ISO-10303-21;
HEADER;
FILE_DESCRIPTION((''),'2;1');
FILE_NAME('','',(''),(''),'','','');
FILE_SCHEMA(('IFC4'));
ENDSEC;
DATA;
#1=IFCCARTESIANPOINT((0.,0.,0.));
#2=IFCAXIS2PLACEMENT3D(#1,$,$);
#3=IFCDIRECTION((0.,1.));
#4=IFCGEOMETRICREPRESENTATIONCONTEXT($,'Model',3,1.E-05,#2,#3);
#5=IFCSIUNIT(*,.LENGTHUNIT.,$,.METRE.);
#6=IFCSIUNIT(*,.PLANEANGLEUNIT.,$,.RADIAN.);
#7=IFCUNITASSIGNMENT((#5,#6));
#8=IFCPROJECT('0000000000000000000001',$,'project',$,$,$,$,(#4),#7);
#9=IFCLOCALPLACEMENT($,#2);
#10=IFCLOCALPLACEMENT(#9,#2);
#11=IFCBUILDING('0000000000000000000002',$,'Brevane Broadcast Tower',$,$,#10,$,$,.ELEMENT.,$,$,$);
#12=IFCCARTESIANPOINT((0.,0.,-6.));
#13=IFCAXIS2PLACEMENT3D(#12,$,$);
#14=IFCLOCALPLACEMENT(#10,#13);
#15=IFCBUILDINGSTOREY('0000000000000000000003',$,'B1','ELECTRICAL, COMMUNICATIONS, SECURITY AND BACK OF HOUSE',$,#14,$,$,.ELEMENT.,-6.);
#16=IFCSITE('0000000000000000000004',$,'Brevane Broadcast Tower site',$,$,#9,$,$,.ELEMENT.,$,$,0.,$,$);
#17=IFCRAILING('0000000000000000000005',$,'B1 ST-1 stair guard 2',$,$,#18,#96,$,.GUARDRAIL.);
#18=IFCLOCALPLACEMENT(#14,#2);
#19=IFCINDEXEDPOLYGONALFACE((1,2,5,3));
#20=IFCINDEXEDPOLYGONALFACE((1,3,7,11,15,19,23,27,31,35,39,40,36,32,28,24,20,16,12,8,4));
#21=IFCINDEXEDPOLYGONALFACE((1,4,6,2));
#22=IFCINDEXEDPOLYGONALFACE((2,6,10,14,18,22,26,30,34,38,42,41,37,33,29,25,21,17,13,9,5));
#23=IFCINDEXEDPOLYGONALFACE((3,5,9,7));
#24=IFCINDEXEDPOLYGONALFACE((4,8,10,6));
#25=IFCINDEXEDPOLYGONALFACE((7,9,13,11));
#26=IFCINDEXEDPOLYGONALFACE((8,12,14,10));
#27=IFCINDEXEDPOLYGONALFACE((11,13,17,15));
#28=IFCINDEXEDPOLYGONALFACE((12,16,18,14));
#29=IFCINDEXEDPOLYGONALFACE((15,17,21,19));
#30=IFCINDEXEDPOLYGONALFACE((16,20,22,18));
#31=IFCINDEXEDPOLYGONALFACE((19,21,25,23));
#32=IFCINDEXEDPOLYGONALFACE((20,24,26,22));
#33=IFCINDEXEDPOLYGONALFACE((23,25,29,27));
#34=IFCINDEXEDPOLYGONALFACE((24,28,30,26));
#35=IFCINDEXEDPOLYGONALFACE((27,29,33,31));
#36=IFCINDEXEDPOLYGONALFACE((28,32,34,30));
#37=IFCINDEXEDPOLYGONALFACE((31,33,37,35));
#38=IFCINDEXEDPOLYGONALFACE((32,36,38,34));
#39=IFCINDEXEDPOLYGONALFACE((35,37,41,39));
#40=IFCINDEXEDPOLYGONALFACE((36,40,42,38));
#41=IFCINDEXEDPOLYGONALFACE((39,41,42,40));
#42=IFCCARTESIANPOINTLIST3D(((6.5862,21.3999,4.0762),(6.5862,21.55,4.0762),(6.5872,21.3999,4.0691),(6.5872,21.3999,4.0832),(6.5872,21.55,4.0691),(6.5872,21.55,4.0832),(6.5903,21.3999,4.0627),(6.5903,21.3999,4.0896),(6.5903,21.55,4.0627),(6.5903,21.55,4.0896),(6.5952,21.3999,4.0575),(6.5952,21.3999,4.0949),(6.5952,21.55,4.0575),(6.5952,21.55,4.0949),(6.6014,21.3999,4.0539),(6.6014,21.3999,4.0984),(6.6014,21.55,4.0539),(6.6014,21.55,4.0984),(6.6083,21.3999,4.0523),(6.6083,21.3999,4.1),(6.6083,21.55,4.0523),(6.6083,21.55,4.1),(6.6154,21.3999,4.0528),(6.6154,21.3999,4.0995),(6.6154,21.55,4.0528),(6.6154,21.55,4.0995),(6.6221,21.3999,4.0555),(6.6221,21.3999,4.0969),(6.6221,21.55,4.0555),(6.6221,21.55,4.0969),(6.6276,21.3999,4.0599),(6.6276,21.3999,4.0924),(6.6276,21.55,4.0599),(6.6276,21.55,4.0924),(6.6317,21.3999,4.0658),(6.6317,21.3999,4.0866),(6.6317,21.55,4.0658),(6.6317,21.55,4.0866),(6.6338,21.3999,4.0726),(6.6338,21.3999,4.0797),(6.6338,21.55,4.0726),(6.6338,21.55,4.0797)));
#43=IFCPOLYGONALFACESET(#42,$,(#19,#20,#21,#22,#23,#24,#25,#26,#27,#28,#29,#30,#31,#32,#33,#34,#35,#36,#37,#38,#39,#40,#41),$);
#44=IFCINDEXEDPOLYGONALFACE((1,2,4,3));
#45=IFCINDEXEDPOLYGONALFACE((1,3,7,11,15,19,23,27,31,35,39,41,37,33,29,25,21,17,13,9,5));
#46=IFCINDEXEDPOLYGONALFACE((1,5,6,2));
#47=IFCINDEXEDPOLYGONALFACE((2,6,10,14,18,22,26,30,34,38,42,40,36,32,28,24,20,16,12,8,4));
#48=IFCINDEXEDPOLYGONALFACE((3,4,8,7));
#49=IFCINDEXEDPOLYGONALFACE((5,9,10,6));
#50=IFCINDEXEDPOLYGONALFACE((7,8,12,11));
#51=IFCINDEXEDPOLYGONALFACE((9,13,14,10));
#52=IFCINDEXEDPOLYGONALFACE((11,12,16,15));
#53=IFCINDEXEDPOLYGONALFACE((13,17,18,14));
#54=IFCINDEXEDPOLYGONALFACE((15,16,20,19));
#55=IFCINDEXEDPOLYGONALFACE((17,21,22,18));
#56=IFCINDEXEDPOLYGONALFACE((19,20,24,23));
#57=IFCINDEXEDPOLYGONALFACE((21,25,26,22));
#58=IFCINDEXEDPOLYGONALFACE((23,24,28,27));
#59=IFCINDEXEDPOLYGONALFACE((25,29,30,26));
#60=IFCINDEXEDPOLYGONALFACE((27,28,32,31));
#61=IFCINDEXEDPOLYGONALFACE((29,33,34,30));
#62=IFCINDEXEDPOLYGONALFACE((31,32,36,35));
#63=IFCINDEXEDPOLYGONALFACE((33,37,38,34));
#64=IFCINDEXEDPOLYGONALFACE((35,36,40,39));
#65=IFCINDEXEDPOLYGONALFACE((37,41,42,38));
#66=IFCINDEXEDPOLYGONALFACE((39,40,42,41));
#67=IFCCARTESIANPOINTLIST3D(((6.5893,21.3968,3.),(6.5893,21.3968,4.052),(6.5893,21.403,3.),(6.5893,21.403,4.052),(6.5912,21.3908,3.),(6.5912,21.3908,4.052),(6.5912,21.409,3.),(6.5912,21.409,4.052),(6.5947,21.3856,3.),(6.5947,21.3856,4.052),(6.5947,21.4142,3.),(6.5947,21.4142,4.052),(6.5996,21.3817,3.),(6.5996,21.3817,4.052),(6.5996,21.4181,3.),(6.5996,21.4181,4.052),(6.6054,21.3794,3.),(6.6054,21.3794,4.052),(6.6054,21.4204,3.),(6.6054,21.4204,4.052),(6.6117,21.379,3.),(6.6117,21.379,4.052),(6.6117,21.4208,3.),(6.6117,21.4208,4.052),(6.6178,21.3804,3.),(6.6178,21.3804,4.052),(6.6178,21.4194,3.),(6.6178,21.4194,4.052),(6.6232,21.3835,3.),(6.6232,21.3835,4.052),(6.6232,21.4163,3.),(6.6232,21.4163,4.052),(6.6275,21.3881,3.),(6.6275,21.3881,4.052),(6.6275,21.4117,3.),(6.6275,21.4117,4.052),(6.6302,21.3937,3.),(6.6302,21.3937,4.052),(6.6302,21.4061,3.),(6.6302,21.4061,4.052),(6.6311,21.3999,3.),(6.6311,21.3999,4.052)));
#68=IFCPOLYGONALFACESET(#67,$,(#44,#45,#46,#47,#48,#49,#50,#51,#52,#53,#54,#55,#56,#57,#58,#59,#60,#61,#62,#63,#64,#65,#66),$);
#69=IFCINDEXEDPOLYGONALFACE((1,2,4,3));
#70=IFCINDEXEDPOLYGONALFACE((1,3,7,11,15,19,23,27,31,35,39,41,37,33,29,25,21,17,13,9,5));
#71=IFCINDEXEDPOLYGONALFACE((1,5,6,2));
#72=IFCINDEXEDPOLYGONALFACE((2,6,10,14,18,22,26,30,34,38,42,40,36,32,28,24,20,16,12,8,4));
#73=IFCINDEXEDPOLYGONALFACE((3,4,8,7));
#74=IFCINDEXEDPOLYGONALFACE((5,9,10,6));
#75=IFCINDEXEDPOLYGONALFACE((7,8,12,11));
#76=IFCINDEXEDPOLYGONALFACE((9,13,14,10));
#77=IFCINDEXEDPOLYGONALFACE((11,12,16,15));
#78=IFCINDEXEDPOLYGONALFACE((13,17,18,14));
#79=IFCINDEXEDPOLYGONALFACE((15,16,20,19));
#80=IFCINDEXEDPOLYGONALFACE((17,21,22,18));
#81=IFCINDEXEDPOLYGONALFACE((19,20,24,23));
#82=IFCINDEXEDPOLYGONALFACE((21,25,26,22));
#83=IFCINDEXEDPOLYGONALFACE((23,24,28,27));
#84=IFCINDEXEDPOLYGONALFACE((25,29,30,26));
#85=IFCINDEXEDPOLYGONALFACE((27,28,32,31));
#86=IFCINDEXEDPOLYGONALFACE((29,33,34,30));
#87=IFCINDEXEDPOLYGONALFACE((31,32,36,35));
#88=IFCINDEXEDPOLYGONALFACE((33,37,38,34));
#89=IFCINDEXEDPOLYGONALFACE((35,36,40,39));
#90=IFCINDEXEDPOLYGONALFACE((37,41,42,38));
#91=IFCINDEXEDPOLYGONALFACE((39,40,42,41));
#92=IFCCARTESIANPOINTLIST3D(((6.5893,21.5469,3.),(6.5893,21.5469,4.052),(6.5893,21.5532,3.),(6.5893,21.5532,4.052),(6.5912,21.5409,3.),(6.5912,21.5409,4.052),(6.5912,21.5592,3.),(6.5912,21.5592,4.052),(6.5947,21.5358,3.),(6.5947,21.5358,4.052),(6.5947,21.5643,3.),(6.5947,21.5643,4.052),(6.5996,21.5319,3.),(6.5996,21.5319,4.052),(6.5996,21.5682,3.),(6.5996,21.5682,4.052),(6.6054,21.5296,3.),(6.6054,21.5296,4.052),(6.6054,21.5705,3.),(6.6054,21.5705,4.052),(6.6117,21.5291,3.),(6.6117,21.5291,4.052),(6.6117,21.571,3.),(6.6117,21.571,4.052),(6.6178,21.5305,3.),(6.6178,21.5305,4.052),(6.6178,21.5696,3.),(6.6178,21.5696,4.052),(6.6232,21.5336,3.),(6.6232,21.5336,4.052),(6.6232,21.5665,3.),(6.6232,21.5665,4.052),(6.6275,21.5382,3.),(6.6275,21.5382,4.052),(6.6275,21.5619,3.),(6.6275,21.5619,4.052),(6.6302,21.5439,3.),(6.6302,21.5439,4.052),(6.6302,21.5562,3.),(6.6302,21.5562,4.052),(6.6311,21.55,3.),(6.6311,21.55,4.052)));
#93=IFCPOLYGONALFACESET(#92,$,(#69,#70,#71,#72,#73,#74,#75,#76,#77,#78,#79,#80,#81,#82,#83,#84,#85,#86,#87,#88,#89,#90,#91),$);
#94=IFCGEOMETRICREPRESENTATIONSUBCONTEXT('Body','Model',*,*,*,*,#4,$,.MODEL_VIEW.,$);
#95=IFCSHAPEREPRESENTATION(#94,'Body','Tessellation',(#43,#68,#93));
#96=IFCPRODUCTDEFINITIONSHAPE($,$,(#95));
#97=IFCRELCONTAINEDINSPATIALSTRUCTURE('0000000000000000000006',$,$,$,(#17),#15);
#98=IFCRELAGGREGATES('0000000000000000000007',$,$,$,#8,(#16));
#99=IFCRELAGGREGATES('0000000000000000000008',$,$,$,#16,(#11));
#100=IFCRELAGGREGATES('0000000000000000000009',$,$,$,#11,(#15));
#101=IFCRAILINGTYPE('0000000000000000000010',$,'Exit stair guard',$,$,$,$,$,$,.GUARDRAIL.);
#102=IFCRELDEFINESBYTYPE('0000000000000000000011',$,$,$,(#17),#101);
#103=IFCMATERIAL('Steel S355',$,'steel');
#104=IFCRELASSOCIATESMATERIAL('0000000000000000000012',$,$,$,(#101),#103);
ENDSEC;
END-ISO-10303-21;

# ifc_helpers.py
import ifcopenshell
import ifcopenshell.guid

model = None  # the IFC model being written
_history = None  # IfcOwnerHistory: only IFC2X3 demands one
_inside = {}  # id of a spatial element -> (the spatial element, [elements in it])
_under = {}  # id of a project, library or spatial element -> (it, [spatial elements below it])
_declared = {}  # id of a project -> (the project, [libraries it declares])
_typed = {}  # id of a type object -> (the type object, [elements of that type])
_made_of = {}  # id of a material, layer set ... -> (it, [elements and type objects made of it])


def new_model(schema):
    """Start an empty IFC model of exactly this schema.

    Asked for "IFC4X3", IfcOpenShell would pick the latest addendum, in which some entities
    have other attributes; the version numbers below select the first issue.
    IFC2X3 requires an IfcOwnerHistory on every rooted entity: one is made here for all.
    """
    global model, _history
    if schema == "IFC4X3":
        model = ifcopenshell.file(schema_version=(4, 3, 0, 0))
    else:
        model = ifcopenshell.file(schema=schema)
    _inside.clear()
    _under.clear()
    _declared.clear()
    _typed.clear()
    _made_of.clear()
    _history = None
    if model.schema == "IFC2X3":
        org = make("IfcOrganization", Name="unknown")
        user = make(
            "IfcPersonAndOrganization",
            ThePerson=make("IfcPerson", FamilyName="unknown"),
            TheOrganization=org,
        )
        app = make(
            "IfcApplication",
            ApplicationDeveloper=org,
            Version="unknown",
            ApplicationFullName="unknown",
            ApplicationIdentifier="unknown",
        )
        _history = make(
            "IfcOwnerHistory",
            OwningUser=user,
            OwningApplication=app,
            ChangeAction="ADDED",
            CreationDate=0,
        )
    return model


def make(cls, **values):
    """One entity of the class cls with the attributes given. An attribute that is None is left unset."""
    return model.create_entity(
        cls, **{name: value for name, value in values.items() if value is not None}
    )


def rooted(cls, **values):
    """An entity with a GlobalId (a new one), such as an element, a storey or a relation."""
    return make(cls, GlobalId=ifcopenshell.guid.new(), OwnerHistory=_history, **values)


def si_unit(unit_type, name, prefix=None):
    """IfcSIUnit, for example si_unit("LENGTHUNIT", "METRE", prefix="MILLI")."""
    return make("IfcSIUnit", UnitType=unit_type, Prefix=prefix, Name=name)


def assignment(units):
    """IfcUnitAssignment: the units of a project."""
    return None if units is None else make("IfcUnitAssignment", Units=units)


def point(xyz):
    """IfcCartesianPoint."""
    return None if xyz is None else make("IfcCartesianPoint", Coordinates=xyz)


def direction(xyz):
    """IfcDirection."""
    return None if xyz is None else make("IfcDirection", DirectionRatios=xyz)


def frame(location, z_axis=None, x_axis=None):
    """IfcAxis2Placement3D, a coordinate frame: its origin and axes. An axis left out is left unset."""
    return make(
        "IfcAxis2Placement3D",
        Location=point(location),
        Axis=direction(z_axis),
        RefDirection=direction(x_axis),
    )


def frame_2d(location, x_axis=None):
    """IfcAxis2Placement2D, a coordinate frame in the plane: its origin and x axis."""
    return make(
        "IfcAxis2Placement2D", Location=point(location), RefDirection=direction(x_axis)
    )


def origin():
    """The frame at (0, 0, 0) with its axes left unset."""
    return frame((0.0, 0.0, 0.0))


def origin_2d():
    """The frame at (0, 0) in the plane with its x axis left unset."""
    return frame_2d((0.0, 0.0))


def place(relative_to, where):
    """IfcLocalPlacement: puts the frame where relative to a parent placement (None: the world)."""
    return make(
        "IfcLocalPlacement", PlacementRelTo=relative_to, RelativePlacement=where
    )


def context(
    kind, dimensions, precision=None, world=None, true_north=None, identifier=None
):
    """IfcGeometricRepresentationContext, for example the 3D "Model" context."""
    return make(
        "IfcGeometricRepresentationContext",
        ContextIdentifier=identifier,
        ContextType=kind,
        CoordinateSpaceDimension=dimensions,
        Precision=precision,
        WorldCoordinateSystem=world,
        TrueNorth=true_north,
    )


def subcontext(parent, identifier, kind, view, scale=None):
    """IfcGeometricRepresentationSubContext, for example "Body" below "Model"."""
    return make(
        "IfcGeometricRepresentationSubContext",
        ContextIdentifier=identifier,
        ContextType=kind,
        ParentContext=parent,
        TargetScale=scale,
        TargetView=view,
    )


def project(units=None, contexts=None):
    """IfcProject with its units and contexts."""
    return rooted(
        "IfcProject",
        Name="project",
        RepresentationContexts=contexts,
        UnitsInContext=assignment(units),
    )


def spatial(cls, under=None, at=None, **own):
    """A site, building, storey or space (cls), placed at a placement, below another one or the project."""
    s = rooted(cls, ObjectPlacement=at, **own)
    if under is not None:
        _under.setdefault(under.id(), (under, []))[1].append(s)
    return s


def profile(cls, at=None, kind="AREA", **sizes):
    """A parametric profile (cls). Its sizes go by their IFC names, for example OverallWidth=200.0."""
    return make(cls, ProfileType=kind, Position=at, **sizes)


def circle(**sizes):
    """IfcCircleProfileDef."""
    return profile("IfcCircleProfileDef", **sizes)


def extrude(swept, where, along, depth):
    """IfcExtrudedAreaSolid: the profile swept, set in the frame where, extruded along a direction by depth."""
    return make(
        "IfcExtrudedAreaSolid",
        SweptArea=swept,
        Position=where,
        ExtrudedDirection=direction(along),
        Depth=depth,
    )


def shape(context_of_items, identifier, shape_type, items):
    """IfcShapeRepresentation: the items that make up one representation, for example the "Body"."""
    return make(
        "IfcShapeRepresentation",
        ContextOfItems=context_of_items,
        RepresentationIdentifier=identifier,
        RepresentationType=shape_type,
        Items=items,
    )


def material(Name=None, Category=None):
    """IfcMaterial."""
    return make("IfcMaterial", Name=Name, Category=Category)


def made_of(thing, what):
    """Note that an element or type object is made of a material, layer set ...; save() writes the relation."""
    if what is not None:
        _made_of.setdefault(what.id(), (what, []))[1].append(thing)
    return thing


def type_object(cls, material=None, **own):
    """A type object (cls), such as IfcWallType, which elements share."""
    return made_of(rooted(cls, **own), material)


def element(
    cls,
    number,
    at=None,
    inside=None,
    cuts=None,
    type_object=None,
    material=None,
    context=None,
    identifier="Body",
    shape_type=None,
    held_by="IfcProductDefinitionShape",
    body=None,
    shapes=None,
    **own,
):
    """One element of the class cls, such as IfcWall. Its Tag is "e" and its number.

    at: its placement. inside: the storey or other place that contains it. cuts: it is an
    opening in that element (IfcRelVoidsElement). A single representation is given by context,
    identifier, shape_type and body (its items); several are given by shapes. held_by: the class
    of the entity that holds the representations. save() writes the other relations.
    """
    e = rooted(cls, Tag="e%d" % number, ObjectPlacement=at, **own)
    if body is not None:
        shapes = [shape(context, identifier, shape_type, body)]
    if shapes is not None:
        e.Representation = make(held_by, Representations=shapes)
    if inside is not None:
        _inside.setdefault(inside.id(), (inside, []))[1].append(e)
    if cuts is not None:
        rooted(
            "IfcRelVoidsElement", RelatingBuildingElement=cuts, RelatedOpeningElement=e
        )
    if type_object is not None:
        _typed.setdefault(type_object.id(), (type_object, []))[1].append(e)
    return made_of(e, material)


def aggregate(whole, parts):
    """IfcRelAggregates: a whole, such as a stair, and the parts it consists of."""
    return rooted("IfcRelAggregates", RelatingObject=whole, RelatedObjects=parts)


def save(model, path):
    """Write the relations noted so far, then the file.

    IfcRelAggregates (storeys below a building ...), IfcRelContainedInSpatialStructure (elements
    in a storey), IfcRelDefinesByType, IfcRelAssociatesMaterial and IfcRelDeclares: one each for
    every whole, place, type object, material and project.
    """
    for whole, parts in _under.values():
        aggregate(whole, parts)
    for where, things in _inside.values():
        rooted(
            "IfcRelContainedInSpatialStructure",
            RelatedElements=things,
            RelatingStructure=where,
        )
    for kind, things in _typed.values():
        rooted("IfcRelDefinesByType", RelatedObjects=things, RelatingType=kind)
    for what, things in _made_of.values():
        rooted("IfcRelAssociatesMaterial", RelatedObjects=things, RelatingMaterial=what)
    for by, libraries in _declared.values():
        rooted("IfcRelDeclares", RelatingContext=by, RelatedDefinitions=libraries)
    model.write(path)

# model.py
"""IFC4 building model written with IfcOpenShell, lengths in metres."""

from ifc_helpers import new_model, si_unit, direction, frame, origin, origin_2d, place, context, subcontext, project, spatial, circle, extrude, material, type_object, element, save


model = new_model("IFC4")

# Units and contexts
model_context = context("Model", 3, precision=1e-05, world=origin(), true_north=direction((0.0, 1.0)))
body_context = subcontext(model_context, "Body", "Model", "MODEL_VIEW")
ifc_project = project(units=[si_unit("LENGTHUNIT", "METRE"), si_unit("PLANEANGLEUNIT", "RADIAN")], contexts=[model_context])

# Site, building, storey
site_placement = place(None, origin())
site = spatial("IfcSite", under=ifc_project, at=site_placement, Name="Brevane Broadcast Tower site", CompositionType="ELEMENT", RefElevation=0.0)
building_placement = place(site_placement, origin())
building = spatial("IfcBuilding", under=site, at=building_placement, Name="Brevane Broadcast Tower", CompositionType="ELEMENT")
storey_placement = place(building_placement, frame((0.0, 0.0, -6.0)))
storey = spatial("IfcBuildingStorey", under=building, at=storey_placement, Name="B1", Description="ELECTRICAL, COMMUNICATIONS, SECURITY AND BACK OF HOUSE", CompositionType="ELEMENT", Elevation=-6.0)

# Railing
ifc_material_1 = material(Name="Steel S355", Category="steel")
railing_type_1 = type_object("IfcRailingType", Name="Exit stair guard", PredefinedType="GUARDRAIL", material=ifc_material_1)
railing_1_placement = place(storey_placement, frame((6.6101, 21.3999, 3.0)))
element("IfcRailing", 1, at=railing_1_placement, inside=storey, type_object=railing_type_1, Name="B1 ST-1 stair guard 2", PredefinedType="GUARDRAIL", context=body_context, shape_type="SweptSolid", body=[
    extrude(circle(Radius=0.0239, at=origin_2d()), frame((0.0, 0.0, 1.0762), z_axis=(0.0, 1.0, 0.0), x_axis=(-1.0, 0.0, 0.0)), (0.0, 0.0, 1.0), 0.1501),
    extrude(circle(Radius=0.021, at=origin_2d()), origin(), (0.0, 0.0, 1.0), 1.052),
    extrude(circle(Radius=0.021, at=origin_2d()), frame((0.0, 0.1501, 0.0)), (0.0, 0.0, 1.0), 1.052),
])

save(model, "model.ifc")
